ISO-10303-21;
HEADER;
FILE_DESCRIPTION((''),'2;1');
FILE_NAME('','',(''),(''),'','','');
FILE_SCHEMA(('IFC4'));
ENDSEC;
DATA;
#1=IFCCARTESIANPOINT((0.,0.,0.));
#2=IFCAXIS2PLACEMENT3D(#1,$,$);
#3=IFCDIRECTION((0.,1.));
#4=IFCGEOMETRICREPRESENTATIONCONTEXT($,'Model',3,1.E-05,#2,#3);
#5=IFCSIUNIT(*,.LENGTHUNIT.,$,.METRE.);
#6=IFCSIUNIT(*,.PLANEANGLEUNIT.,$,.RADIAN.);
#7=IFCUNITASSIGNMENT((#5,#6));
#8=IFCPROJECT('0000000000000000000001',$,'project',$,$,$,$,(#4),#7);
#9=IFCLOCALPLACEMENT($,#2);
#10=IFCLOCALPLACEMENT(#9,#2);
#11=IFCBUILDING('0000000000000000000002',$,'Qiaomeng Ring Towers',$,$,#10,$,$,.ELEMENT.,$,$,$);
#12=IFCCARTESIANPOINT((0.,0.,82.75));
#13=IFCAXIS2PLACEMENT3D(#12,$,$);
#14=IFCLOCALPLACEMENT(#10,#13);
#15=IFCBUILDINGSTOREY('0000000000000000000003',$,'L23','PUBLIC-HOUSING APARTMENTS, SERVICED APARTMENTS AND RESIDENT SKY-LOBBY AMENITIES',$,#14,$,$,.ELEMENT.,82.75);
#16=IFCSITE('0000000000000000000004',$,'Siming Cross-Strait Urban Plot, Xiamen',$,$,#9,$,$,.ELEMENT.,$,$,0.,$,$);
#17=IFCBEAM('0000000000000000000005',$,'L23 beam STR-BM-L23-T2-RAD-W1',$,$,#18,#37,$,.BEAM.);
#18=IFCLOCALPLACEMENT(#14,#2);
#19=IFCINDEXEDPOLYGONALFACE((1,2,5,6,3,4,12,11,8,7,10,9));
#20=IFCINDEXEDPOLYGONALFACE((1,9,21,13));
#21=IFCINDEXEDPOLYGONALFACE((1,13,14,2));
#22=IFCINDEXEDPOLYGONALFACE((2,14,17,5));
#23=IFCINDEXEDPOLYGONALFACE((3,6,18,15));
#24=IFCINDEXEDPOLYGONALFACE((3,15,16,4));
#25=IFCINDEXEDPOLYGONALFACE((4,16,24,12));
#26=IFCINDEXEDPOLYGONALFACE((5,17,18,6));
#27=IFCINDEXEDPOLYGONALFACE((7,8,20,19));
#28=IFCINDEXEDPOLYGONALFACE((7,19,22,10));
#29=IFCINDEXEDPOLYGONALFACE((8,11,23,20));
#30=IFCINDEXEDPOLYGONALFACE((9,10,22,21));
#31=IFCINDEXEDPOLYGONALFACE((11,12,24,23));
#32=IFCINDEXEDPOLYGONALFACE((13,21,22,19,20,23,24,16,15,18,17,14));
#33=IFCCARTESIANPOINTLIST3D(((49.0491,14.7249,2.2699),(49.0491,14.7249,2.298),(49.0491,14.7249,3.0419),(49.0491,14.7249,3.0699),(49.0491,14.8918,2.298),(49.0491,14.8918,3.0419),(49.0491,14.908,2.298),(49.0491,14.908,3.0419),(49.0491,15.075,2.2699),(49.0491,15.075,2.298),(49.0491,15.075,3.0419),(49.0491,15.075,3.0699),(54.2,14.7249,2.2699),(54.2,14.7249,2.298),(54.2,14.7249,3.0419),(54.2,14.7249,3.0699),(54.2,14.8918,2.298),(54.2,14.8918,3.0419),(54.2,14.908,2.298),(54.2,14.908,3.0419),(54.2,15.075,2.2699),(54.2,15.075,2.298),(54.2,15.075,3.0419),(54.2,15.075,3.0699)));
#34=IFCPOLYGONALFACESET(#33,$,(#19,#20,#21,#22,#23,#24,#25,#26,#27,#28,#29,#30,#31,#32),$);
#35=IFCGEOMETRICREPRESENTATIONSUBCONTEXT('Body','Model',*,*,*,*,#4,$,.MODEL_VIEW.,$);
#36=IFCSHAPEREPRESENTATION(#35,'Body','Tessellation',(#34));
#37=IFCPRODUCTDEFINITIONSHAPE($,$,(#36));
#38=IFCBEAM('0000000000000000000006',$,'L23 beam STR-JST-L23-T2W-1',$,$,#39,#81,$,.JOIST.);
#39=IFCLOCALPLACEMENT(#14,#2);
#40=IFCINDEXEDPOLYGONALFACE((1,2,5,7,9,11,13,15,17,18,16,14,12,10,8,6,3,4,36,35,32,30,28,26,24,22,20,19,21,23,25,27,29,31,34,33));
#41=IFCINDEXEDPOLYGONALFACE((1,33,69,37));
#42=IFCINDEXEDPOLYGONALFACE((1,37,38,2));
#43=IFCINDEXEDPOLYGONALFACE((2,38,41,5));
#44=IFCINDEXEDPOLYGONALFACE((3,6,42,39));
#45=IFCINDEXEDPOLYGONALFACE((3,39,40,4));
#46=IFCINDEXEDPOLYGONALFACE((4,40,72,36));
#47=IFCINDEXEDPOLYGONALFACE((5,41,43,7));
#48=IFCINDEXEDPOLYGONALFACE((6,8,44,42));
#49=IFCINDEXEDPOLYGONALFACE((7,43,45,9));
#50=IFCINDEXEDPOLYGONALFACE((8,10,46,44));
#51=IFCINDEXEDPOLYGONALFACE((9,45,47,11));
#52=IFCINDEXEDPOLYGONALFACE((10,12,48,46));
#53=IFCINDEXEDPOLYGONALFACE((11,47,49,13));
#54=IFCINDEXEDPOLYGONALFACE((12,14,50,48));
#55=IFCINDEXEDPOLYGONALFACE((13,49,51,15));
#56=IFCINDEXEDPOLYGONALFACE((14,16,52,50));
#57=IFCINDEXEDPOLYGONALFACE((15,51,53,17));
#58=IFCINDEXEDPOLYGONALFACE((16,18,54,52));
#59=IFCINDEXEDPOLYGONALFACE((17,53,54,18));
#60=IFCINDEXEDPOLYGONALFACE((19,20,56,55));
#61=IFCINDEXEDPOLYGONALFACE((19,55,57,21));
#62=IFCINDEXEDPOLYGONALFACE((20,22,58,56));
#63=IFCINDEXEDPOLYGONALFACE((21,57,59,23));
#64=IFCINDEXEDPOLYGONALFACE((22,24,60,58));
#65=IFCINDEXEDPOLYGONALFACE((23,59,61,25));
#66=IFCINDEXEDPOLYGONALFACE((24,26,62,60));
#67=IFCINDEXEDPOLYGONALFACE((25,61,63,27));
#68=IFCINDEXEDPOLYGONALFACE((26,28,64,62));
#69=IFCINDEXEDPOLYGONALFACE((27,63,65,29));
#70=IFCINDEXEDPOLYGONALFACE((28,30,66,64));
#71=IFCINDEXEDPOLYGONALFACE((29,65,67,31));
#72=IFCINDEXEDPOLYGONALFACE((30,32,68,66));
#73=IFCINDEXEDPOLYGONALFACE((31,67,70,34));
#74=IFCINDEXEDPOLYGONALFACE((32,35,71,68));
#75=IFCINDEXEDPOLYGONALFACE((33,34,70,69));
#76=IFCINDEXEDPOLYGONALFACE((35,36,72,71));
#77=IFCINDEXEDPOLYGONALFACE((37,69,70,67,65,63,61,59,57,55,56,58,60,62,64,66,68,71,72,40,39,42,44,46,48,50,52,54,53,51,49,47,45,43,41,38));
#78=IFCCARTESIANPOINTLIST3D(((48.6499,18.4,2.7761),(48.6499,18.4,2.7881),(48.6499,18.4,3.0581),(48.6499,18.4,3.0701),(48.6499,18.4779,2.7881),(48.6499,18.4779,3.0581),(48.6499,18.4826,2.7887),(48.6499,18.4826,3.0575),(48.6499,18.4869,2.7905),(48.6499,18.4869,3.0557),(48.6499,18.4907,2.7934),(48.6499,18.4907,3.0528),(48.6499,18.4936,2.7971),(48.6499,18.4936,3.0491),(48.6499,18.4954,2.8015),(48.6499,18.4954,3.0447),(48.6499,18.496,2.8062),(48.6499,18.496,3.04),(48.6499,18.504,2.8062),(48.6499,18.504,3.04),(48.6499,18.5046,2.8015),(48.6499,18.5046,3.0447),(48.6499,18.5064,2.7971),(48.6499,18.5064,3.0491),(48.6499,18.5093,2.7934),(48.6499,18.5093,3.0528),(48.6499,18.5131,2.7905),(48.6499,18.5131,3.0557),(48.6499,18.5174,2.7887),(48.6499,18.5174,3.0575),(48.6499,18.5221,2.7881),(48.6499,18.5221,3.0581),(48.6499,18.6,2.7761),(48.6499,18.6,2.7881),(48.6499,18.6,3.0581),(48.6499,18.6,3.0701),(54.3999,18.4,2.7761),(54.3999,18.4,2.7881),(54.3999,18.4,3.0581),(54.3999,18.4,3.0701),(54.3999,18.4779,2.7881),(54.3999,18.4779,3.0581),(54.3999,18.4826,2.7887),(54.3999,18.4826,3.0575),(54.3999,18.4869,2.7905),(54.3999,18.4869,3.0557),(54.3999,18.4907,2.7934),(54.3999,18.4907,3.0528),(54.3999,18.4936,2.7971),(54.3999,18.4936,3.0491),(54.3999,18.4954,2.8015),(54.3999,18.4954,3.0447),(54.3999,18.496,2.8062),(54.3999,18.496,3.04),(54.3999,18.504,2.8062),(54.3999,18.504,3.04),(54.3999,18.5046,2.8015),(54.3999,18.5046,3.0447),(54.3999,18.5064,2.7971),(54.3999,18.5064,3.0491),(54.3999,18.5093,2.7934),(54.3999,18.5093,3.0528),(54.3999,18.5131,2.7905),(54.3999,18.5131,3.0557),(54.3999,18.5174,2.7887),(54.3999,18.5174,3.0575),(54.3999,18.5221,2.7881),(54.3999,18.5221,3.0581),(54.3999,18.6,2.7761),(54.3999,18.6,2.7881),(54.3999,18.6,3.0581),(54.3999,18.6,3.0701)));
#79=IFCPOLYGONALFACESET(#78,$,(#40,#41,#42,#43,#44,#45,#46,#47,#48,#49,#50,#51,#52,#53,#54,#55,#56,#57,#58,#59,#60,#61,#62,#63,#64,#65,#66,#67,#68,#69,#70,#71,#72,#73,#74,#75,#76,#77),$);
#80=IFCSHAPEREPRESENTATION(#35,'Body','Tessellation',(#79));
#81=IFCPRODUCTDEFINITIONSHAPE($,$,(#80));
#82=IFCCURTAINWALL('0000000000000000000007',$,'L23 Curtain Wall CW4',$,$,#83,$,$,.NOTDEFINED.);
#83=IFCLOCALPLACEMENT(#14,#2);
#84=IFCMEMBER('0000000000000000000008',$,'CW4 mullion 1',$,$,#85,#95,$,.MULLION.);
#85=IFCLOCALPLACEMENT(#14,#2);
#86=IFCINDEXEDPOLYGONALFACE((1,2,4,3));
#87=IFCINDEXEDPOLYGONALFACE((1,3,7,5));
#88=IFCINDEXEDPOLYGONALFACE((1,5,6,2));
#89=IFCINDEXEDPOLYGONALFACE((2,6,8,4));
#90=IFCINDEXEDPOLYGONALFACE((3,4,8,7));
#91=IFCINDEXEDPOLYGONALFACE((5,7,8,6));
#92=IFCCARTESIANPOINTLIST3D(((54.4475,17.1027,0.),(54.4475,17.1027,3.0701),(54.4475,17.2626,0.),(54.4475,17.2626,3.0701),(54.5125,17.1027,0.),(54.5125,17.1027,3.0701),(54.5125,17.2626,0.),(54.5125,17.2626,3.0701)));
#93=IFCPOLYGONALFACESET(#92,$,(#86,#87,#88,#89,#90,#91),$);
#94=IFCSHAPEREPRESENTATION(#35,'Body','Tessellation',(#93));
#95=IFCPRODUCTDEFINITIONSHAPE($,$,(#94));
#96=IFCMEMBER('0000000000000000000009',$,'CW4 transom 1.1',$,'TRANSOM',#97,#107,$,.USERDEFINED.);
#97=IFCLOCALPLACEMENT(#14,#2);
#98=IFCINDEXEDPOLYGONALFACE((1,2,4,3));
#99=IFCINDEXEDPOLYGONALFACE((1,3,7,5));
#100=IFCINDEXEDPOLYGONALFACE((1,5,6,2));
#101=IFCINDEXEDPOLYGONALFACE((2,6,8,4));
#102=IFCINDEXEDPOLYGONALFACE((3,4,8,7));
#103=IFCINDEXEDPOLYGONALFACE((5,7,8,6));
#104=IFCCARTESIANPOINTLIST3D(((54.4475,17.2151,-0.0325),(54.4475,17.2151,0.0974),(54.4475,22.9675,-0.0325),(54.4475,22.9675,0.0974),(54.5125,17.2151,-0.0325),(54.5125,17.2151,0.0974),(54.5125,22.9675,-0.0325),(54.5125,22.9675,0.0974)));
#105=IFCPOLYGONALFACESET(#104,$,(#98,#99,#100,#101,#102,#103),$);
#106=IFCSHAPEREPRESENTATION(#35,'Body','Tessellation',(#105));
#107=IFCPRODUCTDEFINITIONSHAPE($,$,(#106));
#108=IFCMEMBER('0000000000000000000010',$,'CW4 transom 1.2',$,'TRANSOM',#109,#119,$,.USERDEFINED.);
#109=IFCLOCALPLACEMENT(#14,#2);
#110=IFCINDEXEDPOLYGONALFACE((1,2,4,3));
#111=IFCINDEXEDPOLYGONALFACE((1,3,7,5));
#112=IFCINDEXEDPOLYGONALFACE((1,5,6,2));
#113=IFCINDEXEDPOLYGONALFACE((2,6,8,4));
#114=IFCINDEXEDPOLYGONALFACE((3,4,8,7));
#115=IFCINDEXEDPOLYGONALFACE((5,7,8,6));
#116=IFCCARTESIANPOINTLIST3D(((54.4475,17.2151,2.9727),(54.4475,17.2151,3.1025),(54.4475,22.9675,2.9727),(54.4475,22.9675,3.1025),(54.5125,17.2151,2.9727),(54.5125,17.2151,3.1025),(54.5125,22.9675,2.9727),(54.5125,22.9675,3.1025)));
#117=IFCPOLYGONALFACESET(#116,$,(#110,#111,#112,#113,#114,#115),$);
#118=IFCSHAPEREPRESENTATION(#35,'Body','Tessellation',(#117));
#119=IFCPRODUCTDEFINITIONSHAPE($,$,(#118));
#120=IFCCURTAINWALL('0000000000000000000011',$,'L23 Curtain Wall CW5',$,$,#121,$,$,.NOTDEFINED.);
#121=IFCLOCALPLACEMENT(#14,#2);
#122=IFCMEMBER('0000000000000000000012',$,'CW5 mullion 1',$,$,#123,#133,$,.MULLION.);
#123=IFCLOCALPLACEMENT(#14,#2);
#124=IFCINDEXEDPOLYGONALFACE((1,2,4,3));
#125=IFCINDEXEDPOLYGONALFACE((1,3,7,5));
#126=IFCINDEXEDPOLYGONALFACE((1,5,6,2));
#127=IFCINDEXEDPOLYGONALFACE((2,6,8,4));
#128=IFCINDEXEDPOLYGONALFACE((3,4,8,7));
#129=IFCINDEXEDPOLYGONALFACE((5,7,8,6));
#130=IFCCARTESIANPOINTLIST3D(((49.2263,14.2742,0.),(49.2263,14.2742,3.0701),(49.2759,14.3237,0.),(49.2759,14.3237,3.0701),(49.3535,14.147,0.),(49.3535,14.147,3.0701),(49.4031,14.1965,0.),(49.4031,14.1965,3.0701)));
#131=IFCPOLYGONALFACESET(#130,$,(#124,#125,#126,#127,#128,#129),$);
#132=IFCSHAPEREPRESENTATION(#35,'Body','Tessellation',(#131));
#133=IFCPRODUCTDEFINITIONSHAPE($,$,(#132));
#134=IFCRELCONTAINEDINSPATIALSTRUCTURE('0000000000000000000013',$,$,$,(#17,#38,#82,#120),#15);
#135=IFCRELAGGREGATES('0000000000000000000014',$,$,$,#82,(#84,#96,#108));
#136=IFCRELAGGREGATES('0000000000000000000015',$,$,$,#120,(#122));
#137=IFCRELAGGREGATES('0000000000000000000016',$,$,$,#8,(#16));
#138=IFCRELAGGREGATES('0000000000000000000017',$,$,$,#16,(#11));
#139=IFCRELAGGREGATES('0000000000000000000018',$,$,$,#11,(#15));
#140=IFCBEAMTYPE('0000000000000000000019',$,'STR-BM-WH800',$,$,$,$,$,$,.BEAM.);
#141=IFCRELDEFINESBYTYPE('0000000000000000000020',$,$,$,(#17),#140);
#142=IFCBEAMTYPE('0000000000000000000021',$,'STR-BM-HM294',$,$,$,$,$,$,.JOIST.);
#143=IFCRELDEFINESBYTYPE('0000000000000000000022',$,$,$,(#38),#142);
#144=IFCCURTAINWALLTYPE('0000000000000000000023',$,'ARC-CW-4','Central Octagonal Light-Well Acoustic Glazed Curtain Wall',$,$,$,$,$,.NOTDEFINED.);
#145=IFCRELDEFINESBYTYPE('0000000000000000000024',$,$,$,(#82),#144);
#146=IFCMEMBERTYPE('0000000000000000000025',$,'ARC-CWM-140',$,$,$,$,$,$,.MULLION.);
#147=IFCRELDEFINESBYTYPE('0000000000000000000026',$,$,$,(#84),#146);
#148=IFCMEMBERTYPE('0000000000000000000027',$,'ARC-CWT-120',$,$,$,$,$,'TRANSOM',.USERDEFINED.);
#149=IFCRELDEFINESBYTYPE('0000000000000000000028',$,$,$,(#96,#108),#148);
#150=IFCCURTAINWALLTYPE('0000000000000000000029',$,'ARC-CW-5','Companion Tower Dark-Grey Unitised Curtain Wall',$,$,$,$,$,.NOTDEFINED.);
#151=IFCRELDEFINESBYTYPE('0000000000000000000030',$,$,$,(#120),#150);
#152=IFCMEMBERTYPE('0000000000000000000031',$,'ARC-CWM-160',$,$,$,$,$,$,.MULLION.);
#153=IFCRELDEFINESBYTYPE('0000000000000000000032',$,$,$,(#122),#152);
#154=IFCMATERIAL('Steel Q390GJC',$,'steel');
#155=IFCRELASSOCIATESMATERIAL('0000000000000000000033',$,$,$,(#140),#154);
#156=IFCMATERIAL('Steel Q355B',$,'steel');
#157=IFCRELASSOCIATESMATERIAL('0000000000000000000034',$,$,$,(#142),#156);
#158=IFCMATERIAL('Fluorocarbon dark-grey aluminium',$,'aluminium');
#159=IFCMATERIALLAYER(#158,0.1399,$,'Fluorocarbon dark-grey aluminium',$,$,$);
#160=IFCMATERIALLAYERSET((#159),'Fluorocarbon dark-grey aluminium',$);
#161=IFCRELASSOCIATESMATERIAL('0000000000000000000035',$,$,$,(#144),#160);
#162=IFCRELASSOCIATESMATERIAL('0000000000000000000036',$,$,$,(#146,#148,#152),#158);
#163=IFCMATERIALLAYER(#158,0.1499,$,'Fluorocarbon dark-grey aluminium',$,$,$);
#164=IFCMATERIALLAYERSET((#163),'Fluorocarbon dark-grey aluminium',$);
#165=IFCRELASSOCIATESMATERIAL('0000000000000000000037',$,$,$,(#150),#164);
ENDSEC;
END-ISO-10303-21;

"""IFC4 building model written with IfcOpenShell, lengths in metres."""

from ifc_helpers import new_model, si_unit, direction, frame, origin, origin_2d, place, context, subcontext, project, spatial, rectangle, i_section, extrude, source, transform, mapped, material, layer, layer_set, material_profile, profile_set, type_object, element, aggregate, save


model = new_model("IFC4")

# Units and contexts
model_context = context("Model", 3, precision=1e-05, world=origin(), true_north=direction((0.0, 1.0)))
body_context = subcontext(model_context, "Body", "Model", "MODEL_VIEW")
ifc_project = project(units=[si_unit("LENGTHUNIT", "METRE"), si_unit("PLANEANGLEUNIT", "RADIAN")], contexts=[model_context])

# Site, building, storey
site_placement = place(None, origin())
site = spatial("IfcSite", under=ifc_project, at=site_placement, Name="Siming Cross-Strait Urban Plot, Xiamen", CompositionType="ELEMENT", RefElevation=0.0)
building_placement = place(site_placement, origin())
building = spatial("IfcBuilding", under=site, at=building_placement, Name="Qiaomeng Ring Towers", CompositionType="ELEMENT")
storey_placement = place(building_placement, frame((0.0, 0.0, 82.75)))
storey = spatial("IfcBuildingStorey", under=building, at=storey_placement, Name="L23", Description="PUBLIC-HOUSING APARTMENTS, SERVICED APARTMENTS AND RESIDENT SKY-LOBBY AMENITIES", CompositionType="ELEMENT", Elevation=82.75)

# Beams
ifc_material_1 = material(Name="Steel Q355B", Category="steel")
ifc_material_2 = material(Name="Steel Q390GJC", Category="steel")
ifc_material_profile_1 = material_profile(ifc_material_2, i_section(OverallWidth=0.3501, OverallDepth=0.8, WebThickness=0.0161, FlangeThickness=0.0281, at=origin_2d()), Name="WH 800x350x16x28")
ifc_profile_set_1 = profile_set([ifc_material_profile_1], Name="Steel Q390GJC")
beam_type_1 = type_object("IfcBeamType", Name="STR-BM-WH800", PredefinedType="BEAM", material=ifc_profile_set_1)
shared_shape_1 = source(origin(), body_context, "Body", "SweptSolid", [
    extrude(i_section(OverallWidth=0.3501, OverallDepth=0.8, WebThickness=0.0161, FlangeThickness=0.0281, at=origin_2d()), origin(), (0.0, 0.0, 1.0), 5.1509),
])
beam_1_placement = place(storey_placement, frame((49.0491, 14.8999, 2.6699), z_axis=(1.0, 0.0, 0.0), x_axis=(0.0, 1.0, 0.0)))
element("IfcBeam", 1, at=beam_1_placement, inside=storey, type_object=beam_type_1, Name="L23 beam STR-BM-L23-T2-RAD-W1", PredefinedType="BEAM", context=body_context, shape_type="MappedRepresentation", body=[
    mapped(shared_shape_1, transform((0.0, 0.0, 0.0), x_axis=(1.0, 0.0, 0.0), y_axis=(0.0, 1.0, 0.0), z_axis=(0.0, 0.0, 1.0), scale=1.0)),
])
ifc_material_profile_2 = material_profile(ifc_material_1, i_section(OverallWidth=0.2, OverallDepth=0.2939, WebThickness=0.0081, FlangeThickness=0.012, FilletRadius=0.0181, at=origin_2d()), Name="HM 294x200x8x12")
ifc_profile_set_2 = profile_set([ifc_material_profile_2], Name="Steel Q355B")
beam_type_2 = type_object("IfcBeamType", Name="STR-BM-HM294", PredefinedType="JOIST", material=ifc_profile_set_2)
shared_shape_2 = source(origin(), body_context, "Body", "SweptSolid", [
    extrude(i_section(OverallWidth=0.2, OverallDepth=0.2939, WebThickness=0.0081, FlangeThickness=0.012, FilletRadius=0.0181, at=origin_2d()), origin(), (0.0, 0.0, 1.0), 5.75),
])
beam_2_placement = place(storey_placement, frame((48.6499, 18.5, 2.9231), z_axis=(1.0, 0.0, 0.0), x_axis=(0.0, 1.0, 0.0)))
element("IfcBeam", 2, at=beam_2_placement, inside=storey, type_object=beam_type_2, Name="L23 beam STR-JST-L23-T2W-1", PredefinedType="JOIST", context=body_context, shape_type="MappedRepresentation", body=[
    mapped(shared_shape_2, transform((0.0, 0.0, 0.0), x_axis=(1.0, 0.0, 0.0), y_axis=(0.0, 1.0, 0.0), z_axis=(0.0, 0.0, 1.0), scale=1.0)),
])

# Curtain wall, members
ifc_material_3 = material(Name="Fluorocarbon dark-grey aluminium", Category="aluminium")
ifc_layer_1 = layer(ifc_material_3, 0.1399, Name="Fluorocarbon dark-grey aluminium")
ifc_layer_set_1 = layer_set([ifc_layer_1], Name="Fluorocarbon dark-grey aluminium")
curtain_wall_type_1 = type_object("IfcCurtainWallType", Name="ARC-CW-4", Description="Central Octagonal Light-Well Acoustic Glazed Curtain Wall", PredefinedType="NOTDEFINED", material=ifc_layer_set_1)
curtain_wall_1_placement = place(storey_placement, origin())
curtain_wall_1 = element("IfcCurtainWall", 3, at=curtain_wall_1_placement, inside=storey, type_object=curtain_wall_type_1, Name="L23 Curtain Wall CW4", PredefinedType="NOTDEFINED")
ifc_material_profile_3 = material_profile(ifc_material_3, rectangle(XDim=0.0649, YDim=0.1599, at=origin_2d()), Name="ALU MULL 65x160")
ifc_profile_set_3 = profile_set([ifc_material_profile_3], Name="Fluorocarbon dark-grey aluminium")
member_type_1 = type_object("IfcMemberType", Name="ARC-CWM-140", PredefinedType="MULLION", material=ifc_profile_set_3)
shared_shape_3 = source(origin(), body_context, "Body", "SweptSolid", [
    extrude(rectangle(XDim=0.0649, YDim=0.1599, at=origin_2d()), origin(), (0.0, 0.0, 1.0), 3.0701),
])
member_1_placement = place(storey_placement, frame((54.48, 17.1826, 0.0), z_axis=(0.0, 0.0, 1.0), x_axis=(-1.0, 0.0, 0.0)))
member_1 = element("IfcMember", 4, at=member_1_placement, type_object=member_type_1, Name="CW4 mullion 1", PredefinedType="MULLION", context=body_context, shape_type="MappedRepresentation", body=[
    mapped(shared_shape_3, transform((0.0, 0.0, 0.0), x_axis=(1.0, 0.0, 0.0), y_axis=(0.0, 1.0, 0.0), z_axis=(0.0, 0.0, 1.0), scale=1.0)),
])
ifc_material_profile_4 = material_profile(ifc_material_3, rectangle(XDim=0.0649, YDim=0.1299, at=origin_2d()), Name="ALU TRAN 65x130")
ifc_profile_set_4 = profile_set([ifc_material_profile_4], Name="Fluorocarbon dark-grey aluminium")
member_type_2 = type_object("IfcMemberType", Name="ARC-CWT-120", ElementType="TRANSOM", PredefinedType="USERDEFINED", material=ifc_profile_set_4)
shared_shape_4 = source(origin(), body_context, "Body", "SweptSolid", [
    extrude(rectangle(XDim=0.0649, YDim=0.1299, at=origin_2d()), origin(), (0.0, 0.0, 1.0), 5.7524),
])
member_2_placement = place(storey_placement, frame((54.48, 17.2151, 0.0325), z_axis=(0.0, 1.0, 0.0), x_axis=(-1.0, 0.0, 0.0)))
member_2 = element("IfcMember", 5, at=member_2_placement, type_object=member_type_2, Name="CW4 transom 1.1", ObjectType="TRANSOM", PredefinedType="USERDEFINED", context=body_context, shape_type="MappedRepresentation", body=[
    mapped(shared_shape_4, transform((0.0, 0.0, 0.0), x_axis=(1.0, 0.0, 0.0), y_axis=(0.0, 1.0, 0.0), z_axis=(0.0, 0.0, 1.0), scale=1.0)),
])
member_3_placement = place(storey_placement, frame((54.48, 17.2151, 3.0376), z_axis=(0.0, 1.0, 0.0), x_axis=(-1.0, 0.0, 0.0)))
member_3 = element("IfcMember", 6, at=member_3_placement, type_object=member_type_2, Name="CW4 transom 1.2", ObjectType="TRANSOM", PredefinedType="USERDEFINED", context=body_context, shape_type="MappedRepresentation", body=[
    mapped(shared_shape_4, transform((0.0, 0.0, 0.0), x_axis=(1.0, 0.0, 0.0), y_axis=(0.0, 1.0, 0.0), z_axis=(0.0, 0.0, 1.0), scale=1.0)),
])
aggregate(curtain_wall_1, [member_1, member_2, member_3])

# Curtain wall, member
ifc_layer_2 = layer(ifc_material_3, 0.1499, Name="Fluorocarbon dark-grey aluminium")
ifc_layer_set_2 = layer_set([ifc_layer_2], Name="Fluorocarbon dark-grey aluminium")
curtain_wall_type_2 = type_object("IfcCurtainWallType", Name="ARC-CW-5", Description="Companion Tower Dark-Grey Unitised Curtain Wall", PredefinedType="NOTDEFINED", material=ifc_layer_set_2)
curtain_wall_2_placement = place(storey_placement, origin())
curtain_wall_2 = element("IfcCurtainWall", 7, at=curtain_wall_2_placement, inside=storey, type_object=curtain_wall_type_2, Name="L23 Curtain Wall CW5", PredefinedType="NOTDEFINED")
ifc_material_profile_5 = material_profile(ifc_material_3, rectangle(XDim=0.0701, YDim=0.1799, at=origin_2d()), Name="ALU MULL 70x180")
ifc_profile_set_5 = profile_set([ifc_material_profile_5], Name="Fluorocarbon dark-grey aluminium")
member_type_3 = type_object("IfcMemberType", Name="ARC-CWM-160", PredefinedType="MULLION", material=ifc_profile_set_5)
shared_shape_5 = source(origin(), body_context, "Body", "SweptSolid", [
    extrude(rectangle(XDim=0.0701, YDim=0.1799, at=origin_2d()), origin(), (0.0, 0.0, 1.0), 3.0701),
])
member_4_placement = place(storey_placement, frame((49.3147, 14.2354, 0.0), z_axis=(0.0, 0.0, 1.0), x_axis=(0.707107, 0.707107, 0.0)))
member_4 = element("IfcMember", 8, at=member_4_placement, type_object=member_type_3, Name="CW5 mullion 1", PredefinedType="MULLION", context=body_context, shape_type="MappedRepresentation", body=[
    mapped(shared_shape_5, transform((0.0, 0.0, 0.0), x_axis=(1.0, 0.0, 0.0), y_axis=(0.0, 1.0, 0.0), z_axis=(0.0, 0.0, 1.0), scale=1.0)),
])
aggregate(curtain_wall_2, [member_4])

save(model, "model.ifc")
